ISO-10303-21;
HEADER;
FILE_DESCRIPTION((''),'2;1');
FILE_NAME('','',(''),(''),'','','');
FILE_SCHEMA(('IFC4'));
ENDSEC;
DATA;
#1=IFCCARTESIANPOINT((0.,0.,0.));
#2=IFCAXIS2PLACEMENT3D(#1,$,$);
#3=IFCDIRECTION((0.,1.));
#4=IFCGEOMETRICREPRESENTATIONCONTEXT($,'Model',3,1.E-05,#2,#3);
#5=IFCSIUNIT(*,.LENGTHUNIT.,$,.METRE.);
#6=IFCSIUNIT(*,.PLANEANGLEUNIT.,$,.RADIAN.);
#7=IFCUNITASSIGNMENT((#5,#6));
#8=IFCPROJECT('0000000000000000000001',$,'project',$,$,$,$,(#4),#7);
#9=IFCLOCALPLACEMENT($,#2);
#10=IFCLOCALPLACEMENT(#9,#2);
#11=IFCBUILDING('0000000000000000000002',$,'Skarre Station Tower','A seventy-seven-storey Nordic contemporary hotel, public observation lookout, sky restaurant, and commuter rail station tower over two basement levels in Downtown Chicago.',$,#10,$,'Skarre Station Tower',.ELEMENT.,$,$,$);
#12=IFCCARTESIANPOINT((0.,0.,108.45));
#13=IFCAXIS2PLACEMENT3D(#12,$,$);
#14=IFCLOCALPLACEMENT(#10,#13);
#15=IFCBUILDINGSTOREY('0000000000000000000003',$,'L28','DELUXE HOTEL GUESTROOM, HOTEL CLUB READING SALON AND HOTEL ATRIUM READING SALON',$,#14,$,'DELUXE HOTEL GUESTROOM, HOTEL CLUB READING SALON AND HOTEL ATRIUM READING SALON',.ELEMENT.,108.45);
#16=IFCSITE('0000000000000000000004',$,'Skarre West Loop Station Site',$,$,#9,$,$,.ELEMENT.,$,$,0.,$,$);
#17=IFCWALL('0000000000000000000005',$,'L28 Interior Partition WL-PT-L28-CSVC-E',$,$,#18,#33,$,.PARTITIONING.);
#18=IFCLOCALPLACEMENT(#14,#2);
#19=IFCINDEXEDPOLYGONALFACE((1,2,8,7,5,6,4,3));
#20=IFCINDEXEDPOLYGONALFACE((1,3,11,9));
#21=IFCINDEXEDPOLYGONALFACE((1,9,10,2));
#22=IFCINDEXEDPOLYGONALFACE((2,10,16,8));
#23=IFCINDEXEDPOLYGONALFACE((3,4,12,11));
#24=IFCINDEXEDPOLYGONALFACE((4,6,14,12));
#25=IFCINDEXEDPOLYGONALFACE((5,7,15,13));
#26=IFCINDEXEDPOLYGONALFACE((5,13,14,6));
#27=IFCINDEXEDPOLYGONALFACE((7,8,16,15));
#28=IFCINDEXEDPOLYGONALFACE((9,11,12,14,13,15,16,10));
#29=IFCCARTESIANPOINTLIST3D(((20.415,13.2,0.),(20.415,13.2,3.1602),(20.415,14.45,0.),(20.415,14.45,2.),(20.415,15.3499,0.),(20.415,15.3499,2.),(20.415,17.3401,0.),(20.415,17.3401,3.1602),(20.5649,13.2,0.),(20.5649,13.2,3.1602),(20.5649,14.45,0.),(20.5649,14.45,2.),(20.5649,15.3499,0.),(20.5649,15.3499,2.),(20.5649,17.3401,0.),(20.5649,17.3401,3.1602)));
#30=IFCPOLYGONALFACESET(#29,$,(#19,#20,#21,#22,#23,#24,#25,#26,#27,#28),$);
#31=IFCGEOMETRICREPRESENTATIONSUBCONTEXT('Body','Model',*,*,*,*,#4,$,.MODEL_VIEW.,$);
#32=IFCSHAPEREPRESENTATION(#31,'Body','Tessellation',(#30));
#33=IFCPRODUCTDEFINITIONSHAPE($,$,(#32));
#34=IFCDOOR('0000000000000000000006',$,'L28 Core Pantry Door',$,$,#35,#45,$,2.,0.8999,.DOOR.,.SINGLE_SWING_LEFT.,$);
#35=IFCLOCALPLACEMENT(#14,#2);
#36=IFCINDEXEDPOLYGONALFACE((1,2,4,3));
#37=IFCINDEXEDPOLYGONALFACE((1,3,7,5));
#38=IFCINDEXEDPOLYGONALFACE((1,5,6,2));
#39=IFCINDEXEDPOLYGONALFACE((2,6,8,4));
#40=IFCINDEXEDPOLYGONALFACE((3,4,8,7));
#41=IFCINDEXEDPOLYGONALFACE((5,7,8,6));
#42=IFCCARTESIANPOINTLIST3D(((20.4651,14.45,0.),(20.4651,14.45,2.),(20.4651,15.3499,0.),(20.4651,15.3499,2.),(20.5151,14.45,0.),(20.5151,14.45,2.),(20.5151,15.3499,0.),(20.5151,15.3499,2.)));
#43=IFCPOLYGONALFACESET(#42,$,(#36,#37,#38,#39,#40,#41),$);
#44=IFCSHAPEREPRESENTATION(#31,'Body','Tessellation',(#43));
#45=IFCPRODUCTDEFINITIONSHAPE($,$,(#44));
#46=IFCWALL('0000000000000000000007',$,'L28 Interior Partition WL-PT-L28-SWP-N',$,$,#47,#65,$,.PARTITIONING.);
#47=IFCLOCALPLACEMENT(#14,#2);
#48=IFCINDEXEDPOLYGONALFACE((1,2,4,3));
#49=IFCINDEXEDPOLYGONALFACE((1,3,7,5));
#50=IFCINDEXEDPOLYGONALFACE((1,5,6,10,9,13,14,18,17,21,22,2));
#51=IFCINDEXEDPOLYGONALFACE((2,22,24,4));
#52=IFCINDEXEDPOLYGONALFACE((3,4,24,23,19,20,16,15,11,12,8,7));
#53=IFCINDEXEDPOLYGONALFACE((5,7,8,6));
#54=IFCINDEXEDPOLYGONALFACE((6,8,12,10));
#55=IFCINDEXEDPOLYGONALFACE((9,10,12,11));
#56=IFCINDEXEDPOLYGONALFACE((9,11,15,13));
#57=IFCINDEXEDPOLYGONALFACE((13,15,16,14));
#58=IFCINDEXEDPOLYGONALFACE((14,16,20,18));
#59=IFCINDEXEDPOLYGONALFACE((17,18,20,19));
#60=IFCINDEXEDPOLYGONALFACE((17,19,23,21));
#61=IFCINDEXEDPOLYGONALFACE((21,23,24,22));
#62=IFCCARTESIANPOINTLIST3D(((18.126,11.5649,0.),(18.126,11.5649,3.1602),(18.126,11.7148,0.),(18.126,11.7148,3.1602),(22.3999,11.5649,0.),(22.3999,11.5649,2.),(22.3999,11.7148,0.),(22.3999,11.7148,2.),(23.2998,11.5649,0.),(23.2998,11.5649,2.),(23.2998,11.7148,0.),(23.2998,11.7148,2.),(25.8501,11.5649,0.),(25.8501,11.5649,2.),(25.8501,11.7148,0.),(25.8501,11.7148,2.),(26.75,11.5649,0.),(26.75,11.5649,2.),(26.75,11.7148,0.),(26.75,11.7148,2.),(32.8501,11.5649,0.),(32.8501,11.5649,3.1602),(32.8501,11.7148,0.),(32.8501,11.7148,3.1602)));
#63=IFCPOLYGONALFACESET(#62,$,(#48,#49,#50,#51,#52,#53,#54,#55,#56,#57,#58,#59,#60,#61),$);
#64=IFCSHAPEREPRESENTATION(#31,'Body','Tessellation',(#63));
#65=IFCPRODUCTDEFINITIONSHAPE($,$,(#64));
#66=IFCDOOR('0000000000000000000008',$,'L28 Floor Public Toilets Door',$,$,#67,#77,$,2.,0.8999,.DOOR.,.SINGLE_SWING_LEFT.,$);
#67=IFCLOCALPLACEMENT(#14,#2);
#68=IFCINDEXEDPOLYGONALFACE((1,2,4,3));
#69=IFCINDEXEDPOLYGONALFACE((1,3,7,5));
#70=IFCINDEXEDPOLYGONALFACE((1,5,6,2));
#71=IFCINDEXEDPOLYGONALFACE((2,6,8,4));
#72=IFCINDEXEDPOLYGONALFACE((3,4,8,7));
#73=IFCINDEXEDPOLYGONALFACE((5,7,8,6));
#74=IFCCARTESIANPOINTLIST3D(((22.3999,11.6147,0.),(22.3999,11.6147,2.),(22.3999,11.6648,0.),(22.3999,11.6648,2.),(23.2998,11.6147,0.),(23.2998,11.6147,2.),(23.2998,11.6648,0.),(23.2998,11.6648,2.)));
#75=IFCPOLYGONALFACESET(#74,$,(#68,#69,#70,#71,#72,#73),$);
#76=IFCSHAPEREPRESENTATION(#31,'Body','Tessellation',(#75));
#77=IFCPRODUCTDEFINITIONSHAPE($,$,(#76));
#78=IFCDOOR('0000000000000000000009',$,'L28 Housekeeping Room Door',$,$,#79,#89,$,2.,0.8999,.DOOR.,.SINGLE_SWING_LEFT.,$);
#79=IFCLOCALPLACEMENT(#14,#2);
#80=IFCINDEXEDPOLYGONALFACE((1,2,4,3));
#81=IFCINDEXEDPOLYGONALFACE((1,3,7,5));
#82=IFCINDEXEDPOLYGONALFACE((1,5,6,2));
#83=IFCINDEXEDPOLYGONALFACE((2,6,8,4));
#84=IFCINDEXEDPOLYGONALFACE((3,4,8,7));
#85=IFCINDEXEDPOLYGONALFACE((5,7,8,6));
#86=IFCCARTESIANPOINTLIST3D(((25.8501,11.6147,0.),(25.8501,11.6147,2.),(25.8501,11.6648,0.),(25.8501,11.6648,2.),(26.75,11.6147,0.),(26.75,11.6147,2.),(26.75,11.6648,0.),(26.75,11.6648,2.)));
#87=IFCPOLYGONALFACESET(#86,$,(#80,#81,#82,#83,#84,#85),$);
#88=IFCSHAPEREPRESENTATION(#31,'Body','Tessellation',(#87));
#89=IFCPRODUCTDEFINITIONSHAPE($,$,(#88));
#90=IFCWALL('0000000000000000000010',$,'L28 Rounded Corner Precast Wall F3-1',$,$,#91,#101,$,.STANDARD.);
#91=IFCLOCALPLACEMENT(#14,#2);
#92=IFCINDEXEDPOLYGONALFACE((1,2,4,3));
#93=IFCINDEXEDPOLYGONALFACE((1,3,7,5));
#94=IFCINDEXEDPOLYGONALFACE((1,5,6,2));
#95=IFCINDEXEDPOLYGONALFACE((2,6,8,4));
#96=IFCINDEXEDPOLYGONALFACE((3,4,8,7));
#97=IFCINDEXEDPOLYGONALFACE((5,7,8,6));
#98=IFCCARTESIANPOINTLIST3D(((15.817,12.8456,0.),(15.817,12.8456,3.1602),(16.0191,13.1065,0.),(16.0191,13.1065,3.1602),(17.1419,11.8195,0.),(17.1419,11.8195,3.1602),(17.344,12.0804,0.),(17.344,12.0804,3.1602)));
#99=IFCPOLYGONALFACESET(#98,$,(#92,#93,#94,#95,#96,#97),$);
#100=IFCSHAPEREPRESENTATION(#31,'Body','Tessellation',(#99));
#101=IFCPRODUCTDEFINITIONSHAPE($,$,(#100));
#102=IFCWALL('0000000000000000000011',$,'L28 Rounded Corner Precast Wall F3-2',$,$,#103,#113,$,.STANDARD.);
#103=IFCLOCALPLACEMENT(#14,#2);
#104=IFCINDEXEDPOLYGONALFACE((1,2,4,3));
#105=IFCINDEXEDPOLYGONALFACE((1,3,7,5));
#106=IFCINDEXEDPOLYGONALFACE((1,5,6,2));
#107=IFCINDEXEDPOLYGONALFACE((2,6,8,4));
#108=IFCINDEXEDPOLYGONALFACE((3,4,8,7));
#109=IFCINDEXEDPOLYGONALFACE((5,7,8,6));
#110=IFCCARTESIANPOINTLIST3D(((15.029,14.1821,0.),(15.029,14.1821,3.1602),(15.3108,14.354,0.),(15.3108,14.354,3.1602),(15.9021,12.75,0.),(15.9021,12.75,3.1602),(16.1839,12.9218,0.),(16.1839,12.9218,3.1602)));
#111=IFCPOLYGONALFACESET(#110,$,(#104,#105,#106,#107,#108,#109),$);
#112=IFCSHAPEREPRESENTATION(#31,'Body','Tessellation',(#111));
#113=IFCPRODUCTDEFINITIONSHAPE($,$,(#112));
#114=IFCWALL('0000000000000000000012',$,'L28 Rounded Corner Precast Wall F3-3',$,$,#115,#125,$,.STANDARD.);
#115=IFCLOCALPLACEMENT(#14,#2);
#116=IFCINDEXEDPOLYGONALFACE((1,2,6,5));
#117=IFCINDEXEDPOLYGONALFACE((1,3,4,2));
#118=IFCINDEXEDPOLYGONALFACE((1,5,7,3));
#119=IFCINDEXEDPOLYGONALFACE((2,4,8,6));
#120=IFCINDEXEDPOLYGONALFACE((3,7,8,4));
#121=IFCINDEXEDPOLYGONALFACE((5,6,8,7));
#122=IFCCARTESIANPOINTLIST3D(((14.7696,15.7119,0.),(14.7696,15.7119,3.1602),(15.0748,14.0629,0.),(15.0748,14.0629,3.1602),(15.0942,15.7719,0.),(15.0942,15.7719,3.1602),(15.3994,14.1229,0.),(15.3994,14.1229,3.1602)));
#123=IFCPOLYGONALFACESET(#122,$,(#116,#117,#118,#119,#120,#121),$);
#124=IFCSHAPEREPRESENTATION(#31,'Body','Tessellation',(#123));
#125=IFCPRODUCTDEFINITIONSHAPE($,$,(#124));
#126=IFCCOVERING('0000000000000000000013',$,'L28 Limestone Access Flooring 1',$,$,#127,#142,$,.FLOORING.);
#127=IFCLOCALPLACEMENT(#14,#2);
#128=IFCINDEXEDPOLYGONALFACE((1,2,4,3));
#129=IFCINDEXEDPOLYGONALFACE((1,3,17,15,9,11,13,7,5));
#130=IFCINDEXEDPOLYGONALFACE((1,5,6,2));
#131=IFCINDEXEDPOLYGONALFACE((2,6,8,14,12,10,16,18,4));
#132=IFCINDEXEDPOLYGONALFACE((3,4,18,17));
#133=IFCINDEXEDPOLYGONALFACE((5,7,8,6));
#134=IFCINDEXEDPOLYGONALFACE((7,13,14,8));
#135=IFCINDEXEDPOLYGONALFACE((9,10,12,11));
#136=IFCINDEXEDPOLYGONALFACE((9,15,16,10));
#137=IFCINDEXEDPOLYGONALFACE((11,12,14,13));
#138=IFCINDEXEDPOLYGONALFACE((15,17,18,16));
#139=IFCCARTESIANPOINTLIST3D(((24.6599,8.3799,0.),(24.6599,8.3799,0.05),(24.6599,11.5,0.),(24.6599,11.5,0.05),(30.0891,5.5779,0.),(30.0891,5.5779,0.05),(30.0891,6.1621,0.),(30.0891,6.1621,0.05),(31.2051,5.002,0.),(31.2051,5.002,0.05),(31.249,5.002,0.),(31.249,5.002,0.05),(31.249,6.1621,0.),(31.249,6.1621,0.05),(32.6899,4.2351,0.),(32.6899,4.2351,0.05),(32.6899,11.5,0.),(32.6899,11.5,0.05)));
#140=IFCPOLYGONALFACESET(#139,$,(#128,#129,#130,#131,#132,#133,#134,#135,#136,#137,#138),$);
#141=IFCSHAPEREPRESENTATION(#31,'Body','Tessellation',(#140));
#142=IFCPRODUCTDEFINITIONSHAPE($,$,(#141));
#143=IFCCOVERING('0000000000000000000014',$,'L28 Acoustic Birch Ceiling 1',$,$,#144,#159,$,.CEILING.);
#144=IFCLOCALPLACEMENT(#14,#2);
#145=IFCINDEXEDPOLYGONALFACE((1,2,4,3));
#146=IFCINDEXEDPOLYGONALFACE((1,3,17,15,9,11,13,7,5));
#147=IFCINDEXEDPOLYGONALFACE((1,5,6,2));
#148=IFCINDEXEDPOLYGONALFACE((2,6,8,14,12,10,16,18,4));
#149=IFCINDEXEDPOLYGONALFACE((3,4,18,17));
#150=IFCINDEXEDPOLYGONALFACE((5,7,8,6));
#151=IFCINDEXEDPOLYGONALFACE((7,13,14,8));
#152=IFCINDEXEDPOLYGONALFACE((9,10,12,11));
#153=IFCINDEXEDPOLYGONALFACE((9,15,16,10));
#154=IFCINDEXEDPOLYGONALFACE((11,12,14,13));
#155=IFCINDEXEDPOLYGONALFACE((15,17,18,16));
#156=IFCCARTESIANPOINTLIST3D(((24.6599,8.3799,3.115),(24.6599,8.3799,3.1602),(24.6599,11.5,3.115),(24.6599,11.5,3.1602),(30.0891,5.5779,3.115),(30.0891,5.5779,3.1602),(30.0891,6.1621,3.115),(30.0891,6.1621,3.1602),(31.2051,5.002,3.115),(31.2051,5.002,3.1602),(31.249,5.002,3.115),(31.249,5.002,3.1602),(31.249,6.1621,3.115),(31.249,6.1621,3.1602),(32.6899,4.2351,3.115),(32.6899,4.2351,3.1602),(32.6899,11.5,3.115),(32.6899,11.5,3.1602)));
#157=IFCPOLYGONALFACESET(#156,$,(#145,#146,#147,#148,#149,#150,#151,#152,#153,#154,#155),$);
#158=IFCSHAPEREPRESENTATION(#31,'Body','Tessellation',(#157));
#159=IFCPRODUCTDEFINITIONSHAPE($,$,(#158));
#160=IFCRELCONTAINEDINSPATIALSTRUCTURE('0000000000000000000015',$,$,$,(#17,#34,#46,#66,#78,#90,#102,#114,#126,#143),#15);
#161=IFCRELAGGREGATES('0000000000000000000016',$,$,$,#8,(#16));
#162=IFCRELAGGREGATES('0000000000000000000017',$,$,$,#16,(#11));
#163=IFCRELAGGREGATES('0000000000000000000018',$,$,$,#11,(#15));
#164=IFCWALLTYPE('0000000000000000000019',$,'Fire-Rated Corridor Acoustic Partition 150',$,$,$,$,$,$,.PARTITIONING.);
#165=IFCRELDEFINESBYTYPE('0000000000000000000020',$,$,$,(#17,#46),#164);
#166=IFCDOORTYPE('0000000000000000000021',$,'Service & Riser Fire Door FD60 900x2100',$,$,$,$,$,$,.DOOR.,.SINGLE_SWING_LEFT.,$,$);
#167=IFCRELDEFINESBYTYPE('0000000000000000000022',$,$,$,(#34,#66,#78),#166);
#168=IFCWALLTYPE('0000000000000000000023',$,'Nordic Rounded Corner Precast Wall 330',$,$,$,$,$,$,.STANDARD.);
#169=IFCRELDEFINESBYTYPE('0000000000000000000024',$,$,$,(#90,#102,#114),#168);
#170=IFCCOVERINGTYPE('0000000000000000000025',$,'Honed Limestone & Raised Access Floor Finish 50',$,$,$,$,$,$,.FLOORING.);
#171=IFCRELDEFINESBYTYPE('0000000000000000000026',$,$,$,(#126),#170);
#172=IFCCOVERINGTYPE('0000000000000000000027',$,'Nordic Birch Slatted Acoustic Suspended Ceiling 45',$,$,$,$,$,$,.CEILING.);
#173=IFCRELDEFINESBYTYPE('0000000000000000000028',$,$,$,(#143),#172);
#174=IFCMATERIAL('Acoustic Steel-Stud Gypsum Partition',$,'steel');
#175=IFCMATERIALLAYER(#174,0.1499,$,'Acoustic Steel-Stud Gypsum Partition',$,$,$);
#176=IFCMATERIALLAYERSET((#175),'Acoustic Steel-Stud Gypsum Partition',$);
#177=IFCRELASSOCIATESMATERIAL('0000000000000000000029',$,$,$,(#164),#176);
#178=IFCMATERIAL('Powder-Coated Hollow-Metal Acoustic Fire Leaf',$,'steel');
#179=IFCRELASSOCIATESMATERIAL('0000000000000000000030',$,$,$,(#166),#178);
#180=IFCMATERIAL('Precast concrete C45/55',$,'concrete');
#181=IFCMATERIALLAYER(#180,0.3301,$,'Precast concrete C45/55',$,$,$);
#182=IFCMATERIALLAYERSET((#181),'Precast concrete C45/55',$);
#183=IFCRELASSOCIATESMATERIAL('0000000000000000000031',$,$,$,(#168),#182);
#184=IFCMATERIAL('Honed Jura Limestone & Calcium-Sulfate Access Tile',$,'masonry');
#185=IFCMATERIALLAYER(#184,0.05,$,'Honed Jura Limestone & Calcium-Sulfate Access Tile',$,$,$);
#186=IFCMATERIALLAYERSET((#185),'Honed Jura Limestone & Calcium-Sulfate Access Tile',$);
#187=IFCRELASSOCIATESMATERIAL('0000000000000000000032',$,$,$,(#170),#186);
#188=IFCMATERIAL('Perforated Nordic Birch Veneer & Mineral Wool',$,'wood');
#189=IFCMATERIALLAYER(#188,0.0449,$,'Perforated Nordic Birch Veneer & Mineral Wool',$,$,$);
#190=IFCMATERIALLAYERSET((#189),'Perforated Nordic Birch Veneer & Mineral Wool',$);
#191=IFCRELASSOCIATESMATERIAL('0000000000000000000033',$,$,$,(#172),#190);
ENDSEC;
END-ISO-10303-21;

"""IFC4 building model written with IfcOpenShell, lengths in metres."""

from ifc_helpers import new_model, si_unit, direction, frame, frame_2d, origin, place, context, subcontext, project, spatial, polyline, rectangle, outline, extrude, material, layer, layer_set, type_object, element, fill, save


model = new_model("IFC4")

# Units and contexts
model_context = context("Model", 3, precision=1e-05, world=origin(), true_north=direction((0.0, 1.0)))
body_context = subcontext(model_context, "Body", "Model", "MODEL_VIEW")
ifc_project = project(units=[si_unit("LENGTHUNIT", "METRE"), si_unit("PLANEANGLEUNIT", "RADIAN")], contexts=[model_context])

# Site, building, storey
site_placement = place(None, origin())
site = spatial("IfcSite", under=ifc_project, at=site_placement, Name="Skarre West Loop Station Site", CompositionType="ELEMENT", RefElevation=0.0)
building_placement = place(site_placement, origin())
building = spatial("IfcBuilding", under=site, at=building_placement, Name="Skarre Station Tower", Description="A seventy-seven-storey Nordic contemporary hotel, public observation lookout, sky restaurant, and commuter rail station tower over two basement levels in Downtown Chicago.", LongName="Skarre Station Tower", CompositionType="ELEMENT")
storey_placement = place(building_placement, frame((0.0, 0.0, 108.45)))
storey = spatial("IfcBuildingStorey", under=building, at=storey_placement, Name="L28", Description="DELUXE HOTEL GUESTROOM, HOTEL CLUB READING SALON AND HOTEL ATRIUM READING SALON", LongName="DELUXE HOTEL GUESTROOM, HOTEL CLUB READING SALON AND HOTEL ATRIUM READING SALON", CompositionType="ELEMENT", Elevation=108.45)

# Shared definitions
ifc_material_1 = material(Name="Acoustic Steel-Stud Gypsum Partition", Category="steel")
ifc_layer_1 = layer(ifc_material_1, 0.1499, Name="Acoustic Steel-Stud Gypsum Partition")
ifc_layer_set_1 = layer_set([ifc_layer_1], Name="Acoustic Steel-Stud Gypsum Partition")
wall_type_1 = type_object("IfcWallType", Name="Fire-Rated Corridor Acoustic Partition 150", PredefinedType="PARTITIONING", material=ifc_layer_set_1)

# Wall, opening, door
wall_1_placement = place(storey_placement, frame((20.49, 13.2, 0.0), z_axis=(0.0, 0.0, 1.0), x_axis=(0.0, 1.0, 0.0)))
wall_1 = element("IfcWall", 1, at=wall_1_placement, inside=storey, type_object=wall_type_1, Name="L28 Interior Partition WL-PT-L28-CSVC-E", PredefinedType="PARTITIONING", context=body_context, shape_type="SweptSolid", body=[
    extrude(rectangle(XDim=4.1401, YDim=0.1499, at=frame_2d((2.0701, 0.0))), origin(), (0.0, 0.0, 1.0), 3.1602),
])
opening_1_placement = place(wall_1_placement, frame((1.25, 0.0, 0.0)))
opening_1 = element("IfcOpeningElement", 2, at=opening_1_placement, cuts=wall_1, PredefinedType="OPENING", context=body_context, shape_type="SweptSolid", body=[
    extrude(rectangle(XDim=0.8999, YDim=2.0, at=frame_2d((0.45, 1.0))), frame((0.0, 0.085, 0.0), z_axis=(0.0, -1.0, 0.0), x_axis=(1.0, 0.0, 0.0)), (0.0, 0.0, 1.0), 0.1699),
])
ifc_material_2 = material(Name="Powder-Coated Hollow-Metal Acoustic Fire Leaf", Category="steel")
door_type = type_object("IfcDoorType", Name="Service & Riser Fire Door FD60 900x2100", OperationType="SINGLE_SWING_LEFT", PredefinedType="DOOR", material=ifc_material_2)
door_1_placement = place(opening_1_placement, origin())
door_1 = element("IfcDoor", 3, at=door_1_placement, inside=storey, type_object=door_type, Name="L28 Core Pantry Door", OperationType="SINGLE_SWING_LEFT", OverallHeight=2.0, OverallWidth=0.8999, PredefinedType="DOOR", context=body_context, shape_type="SweptSolid", body=[
    extrude(rectangle(XDim=0.8999, YDim=2.0, at=frame_2d((0.45, 1.0))), frame((0.0, 0.0249, 0.0), z_axis=(0.0, -1.0, 0.0), x_axis=(1.0, 0.0, 0.0)), (0.0, 0.0, 1.0), 0.05),
])
fill(opening_1, door_1)

# Wall, openings, doors
wall_2_placement = place(storey_placement, frame((18.126, 11.6399, 0.0), z_axis=(0.0, 0.0, 1.0), x_axis=(1.0, 0.0, 0.0)))
wall_2 = element("IfcWall", 4, at=wall_2_placement, inside=storey, type_object=wall_type_1, Name="L28 Interior Partition WL-PT-L28-SWP-N", PredefinedType="PARTITIONING", context=body_context, shape_type="SweptSolid", body=[
    extrude(rectangle(XDim=14.7241, YDim=0.1499, at=frame_2d((7.3621, 0.0))), origin(), (0.0, 0.0, 1.0), 3.1602),
])
opening_2_placement = place(wall_2_placement, frame((4.2739, 0.0, 0.0)))
opening_2 = element("IfcOpeningElement", 5, at=opening_2_placement, cuts=wall_2, PredefinedType="OPENING", context=body_context, shape_type="SweptSolid", body=[
    extrude(rectangle(XDim=0.8999, YDim=2.0, at=frame_2d((0.45, 1.0))), frame((0.0, 0.085, 0.0), z_axis=(0.0, -1.0, 0.0), x_axis=(1.0, 0.0, 0.0)), (0.0, 0.0, 1.0), 0.1699),
])
opening_3_placement = place(wall_2_placement, frame((7.7241, 0.0, 0.0)))
opening_3 = element("IfcOpeningElement", 6, at=opening_3_placement, cuts=wall_2, PredefinedType="OPENING", context=body_context, shape_type="SweptSolid", body=[
    extrude(rectangle(XDim=0.8999, YDim=2.0, at=frame_2d((0.45, 1.0))), frame((0.0, 0.085, 0.0), z_axis=(0.0, -1.0, 0.0), x_axis=(1.0, 0.0, 0.0)), (0.0, 0.0, 1.0), 0.1699),
])
door_2_placement = place(opening_2_placement, origin())
door_2 = element("IfcDoor", 7, at=door_2_placement, inside=storey, type_object=door_type, Name="L28 Floor Public Toilets Door", OperationType="SINGLE_SWING_LEFT", OverallHeight=2.0, OverallWidth=0.8999, PredefinedType="DOOR", context=body_context, shape_type="SweptSolid", body=[
    extrude(rectangle(XDim=0.8999, YDim=2.0, at=frame_2d((0.45, 1.0))), frame((0.0, 0.0249, 0.0), z_axis=(0.0, -1.0, 0.0), x_axis=(1.0, 0.0, 0.0)), (0.0, 0.0, 1.0), 0.05),
])
fill(opening_2, door_2)
door_3_placement = place(opening_3_placement, origin())
door_3 = element("IfcDoor", 8, at=door_3_placement, inside=storey, type_object=door_type, Name="L28 Housekeeping Room Door", OperationType="SINGLE_SWING_LEFT", OverallHeight=2.0, OverallWidth=0.8999, PredefinedType="DOOR", context=body_context, shape_type="SweptSolid", body=[
    extrude(rectangle(XDim=0.8999, YDim=2.0, at=frame_2d((0.45, 1.0))), frame((0.0, 0.0249, 0.0), z_axis=(0.0, -1.0, 0.0), x_axis=(1.0, 0.0, 0.0)), (0.0, 0.0, 1.0), 0.05),
])
fill(opening_3, door_3)

# Walls
ifc_material_3 = material(Name="Precast concrete C45/55", Category="concrete")
ifc_layer_2 = layer(ifc_material_3, 0.3301, Name="Precast concrete C45/55")
ifc_layer_set_2 = layer_set([ifc_layer_2], Name="Precast concrete C45/55")
wall_type_2 = type_object("IfcWallType", Name="Nordic Rounded Corner Precast Wall 330", PredefinedType="STANDARD", material=ifc_layer_set_2)
wall_3_placement = place(storey_placement, frame((17.2429, 11.95, 0.0), z_axis=(0.0, 0.0, 1.0), x_axis=(-0.790621, 0.612305, 0.0)))
element("IfcWall", 9, at=wall_3_placement, inside=storey, type_object=wall_type_2, Name="L28 Rounded Corner Precast Wall F3-1", PredefinedType="STANDARD", context=body_context, shape_type="SweptSolid", body=[
    extrude(rectangle(XDim=1.6758, YDim=0.3301, at=frame_2d((0.8379, 0.0))), origin(), (0.0, 0.0, 1.0), 3.1602),
])
wall_4_placement = place(storey_placement, frame((16.043, 12.8359, 0.0), z_axis=(0.0, 0.0, 1.0), x_axis=(-0.520519, 0.85385, 0.0)))
element("IfcWall", 10, at=wall_4_placement, inside=storey, type_object=wall_type_2, Name="L28 Rounded Corner Precast Wall F3-2", PredefinedType="STANDARD", context=body_context, shape_type="SweptSolid", body=[
    extrude(rectangle(XDim=1.6772, YDim=0.3301, at=frame_2d((0.8386, 0.0))), origin(), (0.0, 0.0, 1.0), 3.1602),
])
wall_5_placement = place(storey_placement, frame((15.2371, 14.093, 0.0), z_axis=(0.0, 0.0, 1.0), x_axis=(-0.181985, 0.983301, 0.0)))
element("IfcWall", 11, at=wall_5_placement, inside=storey, type_object=wall_type_2, Name="L28 Rounded Corner Precast Wall F3-3", PredefinedType="STANDARD", context=body_context, shape_type="SweptSolid", body=[
    extrude(rectangle(XDim=1.677, YDim=0.3301, at=frame_2d((0.8384, 0.0))), origin(), (0.0, 0.0, 1.0), 3.1602),
])

# Coverings
ifc_material_4 = material(Name="Honed Jura Limestone & Calcium-Sulfate Access Tile", Category="masonry")
ifc_layer_3 = layer(ifc_material_4, 0.05, Name="Honed Jura Limestone & Calcium-Sulfate Access Tile")
ifc_layer_set_3 = layer_set([ifc_layer_3], Name="Honed Jura Limestone & Calcium-Sulfate Access Tile")
covering_type_1 = type_object("IfcCoveringType", Name="Honed Limestone & Raised Access Floor Finish 50", PredefinedType="FLOORING", material=ifc_layer_set_3)
covering_1_placement = place(storey_placement, origin())
element("IfcCovering", 12, at=covering_1_placement, inside=storey, type_object=covering_type_1, Name="L28 Limestone Access Flooring 1", PredefinedType="FLOORING", context=body_context, shape_type="SweptSolid", body=[
    extrude(outline(polyline([(24.6599, 8.3799), (30.0891, 5.5779), (30.0891, 6.1621), (31.249, 6.1621), (31.249, 5.002), (31.2051, 5.002), (32.6899, 4.2351), (32.6899, 11.5), (24.6599, 11.5), (24.6599, 8.3799)])), origin(), (0.0, 0.0, 1.0), 0.05),
])
ifc_material_5 = material(Name="Perforated Nordic Birch Veneer & Mineral Wool", Category="wood")
ifc_layer_4 = layer(ifc_material_5, 0.0449, Name="Perforated Nordic Birch Veneer & Mineral Wool")
ifc_layer_set_4 = layer_set([ifc_layer_4], Name="Perforated Nordic Birch Veneer & Mineral Wool")
covering_type_2 = type_object("IfcCoveringType", Name="Nordic Birch Slatted Acoustic Suspended Ceiling 45", PredefinedType="CEILING", material=ifc_layer_set_4)
covering_2_placement = place(storey_placement, frame((0.0, 0.0, 3.115)))
element("IfcCovering", 13, at=covering_2_placement, inside=storey, type_object=covering_type_2, Name="L28 Acoustic Birch Ceiling 1", PredefinedType="CEILING", context=body_context, shape_type="SweptSolid", body=[
    extrude(outline(polyline([(24.6599, 8.3799), (30.0891, 5.5779), (30.0891, 6.1621), (31.249, 6.1621), (31.249, 5.002), (31.2051, 5.002), (32.6899, 4.2351), (32.6899, 11.5), (24.6599, 11.5), (24.6599, 8.3799)])), origin(), (0.0, 0.0, 1.0), 0.0452),
])

save(model, "model.ifc")
